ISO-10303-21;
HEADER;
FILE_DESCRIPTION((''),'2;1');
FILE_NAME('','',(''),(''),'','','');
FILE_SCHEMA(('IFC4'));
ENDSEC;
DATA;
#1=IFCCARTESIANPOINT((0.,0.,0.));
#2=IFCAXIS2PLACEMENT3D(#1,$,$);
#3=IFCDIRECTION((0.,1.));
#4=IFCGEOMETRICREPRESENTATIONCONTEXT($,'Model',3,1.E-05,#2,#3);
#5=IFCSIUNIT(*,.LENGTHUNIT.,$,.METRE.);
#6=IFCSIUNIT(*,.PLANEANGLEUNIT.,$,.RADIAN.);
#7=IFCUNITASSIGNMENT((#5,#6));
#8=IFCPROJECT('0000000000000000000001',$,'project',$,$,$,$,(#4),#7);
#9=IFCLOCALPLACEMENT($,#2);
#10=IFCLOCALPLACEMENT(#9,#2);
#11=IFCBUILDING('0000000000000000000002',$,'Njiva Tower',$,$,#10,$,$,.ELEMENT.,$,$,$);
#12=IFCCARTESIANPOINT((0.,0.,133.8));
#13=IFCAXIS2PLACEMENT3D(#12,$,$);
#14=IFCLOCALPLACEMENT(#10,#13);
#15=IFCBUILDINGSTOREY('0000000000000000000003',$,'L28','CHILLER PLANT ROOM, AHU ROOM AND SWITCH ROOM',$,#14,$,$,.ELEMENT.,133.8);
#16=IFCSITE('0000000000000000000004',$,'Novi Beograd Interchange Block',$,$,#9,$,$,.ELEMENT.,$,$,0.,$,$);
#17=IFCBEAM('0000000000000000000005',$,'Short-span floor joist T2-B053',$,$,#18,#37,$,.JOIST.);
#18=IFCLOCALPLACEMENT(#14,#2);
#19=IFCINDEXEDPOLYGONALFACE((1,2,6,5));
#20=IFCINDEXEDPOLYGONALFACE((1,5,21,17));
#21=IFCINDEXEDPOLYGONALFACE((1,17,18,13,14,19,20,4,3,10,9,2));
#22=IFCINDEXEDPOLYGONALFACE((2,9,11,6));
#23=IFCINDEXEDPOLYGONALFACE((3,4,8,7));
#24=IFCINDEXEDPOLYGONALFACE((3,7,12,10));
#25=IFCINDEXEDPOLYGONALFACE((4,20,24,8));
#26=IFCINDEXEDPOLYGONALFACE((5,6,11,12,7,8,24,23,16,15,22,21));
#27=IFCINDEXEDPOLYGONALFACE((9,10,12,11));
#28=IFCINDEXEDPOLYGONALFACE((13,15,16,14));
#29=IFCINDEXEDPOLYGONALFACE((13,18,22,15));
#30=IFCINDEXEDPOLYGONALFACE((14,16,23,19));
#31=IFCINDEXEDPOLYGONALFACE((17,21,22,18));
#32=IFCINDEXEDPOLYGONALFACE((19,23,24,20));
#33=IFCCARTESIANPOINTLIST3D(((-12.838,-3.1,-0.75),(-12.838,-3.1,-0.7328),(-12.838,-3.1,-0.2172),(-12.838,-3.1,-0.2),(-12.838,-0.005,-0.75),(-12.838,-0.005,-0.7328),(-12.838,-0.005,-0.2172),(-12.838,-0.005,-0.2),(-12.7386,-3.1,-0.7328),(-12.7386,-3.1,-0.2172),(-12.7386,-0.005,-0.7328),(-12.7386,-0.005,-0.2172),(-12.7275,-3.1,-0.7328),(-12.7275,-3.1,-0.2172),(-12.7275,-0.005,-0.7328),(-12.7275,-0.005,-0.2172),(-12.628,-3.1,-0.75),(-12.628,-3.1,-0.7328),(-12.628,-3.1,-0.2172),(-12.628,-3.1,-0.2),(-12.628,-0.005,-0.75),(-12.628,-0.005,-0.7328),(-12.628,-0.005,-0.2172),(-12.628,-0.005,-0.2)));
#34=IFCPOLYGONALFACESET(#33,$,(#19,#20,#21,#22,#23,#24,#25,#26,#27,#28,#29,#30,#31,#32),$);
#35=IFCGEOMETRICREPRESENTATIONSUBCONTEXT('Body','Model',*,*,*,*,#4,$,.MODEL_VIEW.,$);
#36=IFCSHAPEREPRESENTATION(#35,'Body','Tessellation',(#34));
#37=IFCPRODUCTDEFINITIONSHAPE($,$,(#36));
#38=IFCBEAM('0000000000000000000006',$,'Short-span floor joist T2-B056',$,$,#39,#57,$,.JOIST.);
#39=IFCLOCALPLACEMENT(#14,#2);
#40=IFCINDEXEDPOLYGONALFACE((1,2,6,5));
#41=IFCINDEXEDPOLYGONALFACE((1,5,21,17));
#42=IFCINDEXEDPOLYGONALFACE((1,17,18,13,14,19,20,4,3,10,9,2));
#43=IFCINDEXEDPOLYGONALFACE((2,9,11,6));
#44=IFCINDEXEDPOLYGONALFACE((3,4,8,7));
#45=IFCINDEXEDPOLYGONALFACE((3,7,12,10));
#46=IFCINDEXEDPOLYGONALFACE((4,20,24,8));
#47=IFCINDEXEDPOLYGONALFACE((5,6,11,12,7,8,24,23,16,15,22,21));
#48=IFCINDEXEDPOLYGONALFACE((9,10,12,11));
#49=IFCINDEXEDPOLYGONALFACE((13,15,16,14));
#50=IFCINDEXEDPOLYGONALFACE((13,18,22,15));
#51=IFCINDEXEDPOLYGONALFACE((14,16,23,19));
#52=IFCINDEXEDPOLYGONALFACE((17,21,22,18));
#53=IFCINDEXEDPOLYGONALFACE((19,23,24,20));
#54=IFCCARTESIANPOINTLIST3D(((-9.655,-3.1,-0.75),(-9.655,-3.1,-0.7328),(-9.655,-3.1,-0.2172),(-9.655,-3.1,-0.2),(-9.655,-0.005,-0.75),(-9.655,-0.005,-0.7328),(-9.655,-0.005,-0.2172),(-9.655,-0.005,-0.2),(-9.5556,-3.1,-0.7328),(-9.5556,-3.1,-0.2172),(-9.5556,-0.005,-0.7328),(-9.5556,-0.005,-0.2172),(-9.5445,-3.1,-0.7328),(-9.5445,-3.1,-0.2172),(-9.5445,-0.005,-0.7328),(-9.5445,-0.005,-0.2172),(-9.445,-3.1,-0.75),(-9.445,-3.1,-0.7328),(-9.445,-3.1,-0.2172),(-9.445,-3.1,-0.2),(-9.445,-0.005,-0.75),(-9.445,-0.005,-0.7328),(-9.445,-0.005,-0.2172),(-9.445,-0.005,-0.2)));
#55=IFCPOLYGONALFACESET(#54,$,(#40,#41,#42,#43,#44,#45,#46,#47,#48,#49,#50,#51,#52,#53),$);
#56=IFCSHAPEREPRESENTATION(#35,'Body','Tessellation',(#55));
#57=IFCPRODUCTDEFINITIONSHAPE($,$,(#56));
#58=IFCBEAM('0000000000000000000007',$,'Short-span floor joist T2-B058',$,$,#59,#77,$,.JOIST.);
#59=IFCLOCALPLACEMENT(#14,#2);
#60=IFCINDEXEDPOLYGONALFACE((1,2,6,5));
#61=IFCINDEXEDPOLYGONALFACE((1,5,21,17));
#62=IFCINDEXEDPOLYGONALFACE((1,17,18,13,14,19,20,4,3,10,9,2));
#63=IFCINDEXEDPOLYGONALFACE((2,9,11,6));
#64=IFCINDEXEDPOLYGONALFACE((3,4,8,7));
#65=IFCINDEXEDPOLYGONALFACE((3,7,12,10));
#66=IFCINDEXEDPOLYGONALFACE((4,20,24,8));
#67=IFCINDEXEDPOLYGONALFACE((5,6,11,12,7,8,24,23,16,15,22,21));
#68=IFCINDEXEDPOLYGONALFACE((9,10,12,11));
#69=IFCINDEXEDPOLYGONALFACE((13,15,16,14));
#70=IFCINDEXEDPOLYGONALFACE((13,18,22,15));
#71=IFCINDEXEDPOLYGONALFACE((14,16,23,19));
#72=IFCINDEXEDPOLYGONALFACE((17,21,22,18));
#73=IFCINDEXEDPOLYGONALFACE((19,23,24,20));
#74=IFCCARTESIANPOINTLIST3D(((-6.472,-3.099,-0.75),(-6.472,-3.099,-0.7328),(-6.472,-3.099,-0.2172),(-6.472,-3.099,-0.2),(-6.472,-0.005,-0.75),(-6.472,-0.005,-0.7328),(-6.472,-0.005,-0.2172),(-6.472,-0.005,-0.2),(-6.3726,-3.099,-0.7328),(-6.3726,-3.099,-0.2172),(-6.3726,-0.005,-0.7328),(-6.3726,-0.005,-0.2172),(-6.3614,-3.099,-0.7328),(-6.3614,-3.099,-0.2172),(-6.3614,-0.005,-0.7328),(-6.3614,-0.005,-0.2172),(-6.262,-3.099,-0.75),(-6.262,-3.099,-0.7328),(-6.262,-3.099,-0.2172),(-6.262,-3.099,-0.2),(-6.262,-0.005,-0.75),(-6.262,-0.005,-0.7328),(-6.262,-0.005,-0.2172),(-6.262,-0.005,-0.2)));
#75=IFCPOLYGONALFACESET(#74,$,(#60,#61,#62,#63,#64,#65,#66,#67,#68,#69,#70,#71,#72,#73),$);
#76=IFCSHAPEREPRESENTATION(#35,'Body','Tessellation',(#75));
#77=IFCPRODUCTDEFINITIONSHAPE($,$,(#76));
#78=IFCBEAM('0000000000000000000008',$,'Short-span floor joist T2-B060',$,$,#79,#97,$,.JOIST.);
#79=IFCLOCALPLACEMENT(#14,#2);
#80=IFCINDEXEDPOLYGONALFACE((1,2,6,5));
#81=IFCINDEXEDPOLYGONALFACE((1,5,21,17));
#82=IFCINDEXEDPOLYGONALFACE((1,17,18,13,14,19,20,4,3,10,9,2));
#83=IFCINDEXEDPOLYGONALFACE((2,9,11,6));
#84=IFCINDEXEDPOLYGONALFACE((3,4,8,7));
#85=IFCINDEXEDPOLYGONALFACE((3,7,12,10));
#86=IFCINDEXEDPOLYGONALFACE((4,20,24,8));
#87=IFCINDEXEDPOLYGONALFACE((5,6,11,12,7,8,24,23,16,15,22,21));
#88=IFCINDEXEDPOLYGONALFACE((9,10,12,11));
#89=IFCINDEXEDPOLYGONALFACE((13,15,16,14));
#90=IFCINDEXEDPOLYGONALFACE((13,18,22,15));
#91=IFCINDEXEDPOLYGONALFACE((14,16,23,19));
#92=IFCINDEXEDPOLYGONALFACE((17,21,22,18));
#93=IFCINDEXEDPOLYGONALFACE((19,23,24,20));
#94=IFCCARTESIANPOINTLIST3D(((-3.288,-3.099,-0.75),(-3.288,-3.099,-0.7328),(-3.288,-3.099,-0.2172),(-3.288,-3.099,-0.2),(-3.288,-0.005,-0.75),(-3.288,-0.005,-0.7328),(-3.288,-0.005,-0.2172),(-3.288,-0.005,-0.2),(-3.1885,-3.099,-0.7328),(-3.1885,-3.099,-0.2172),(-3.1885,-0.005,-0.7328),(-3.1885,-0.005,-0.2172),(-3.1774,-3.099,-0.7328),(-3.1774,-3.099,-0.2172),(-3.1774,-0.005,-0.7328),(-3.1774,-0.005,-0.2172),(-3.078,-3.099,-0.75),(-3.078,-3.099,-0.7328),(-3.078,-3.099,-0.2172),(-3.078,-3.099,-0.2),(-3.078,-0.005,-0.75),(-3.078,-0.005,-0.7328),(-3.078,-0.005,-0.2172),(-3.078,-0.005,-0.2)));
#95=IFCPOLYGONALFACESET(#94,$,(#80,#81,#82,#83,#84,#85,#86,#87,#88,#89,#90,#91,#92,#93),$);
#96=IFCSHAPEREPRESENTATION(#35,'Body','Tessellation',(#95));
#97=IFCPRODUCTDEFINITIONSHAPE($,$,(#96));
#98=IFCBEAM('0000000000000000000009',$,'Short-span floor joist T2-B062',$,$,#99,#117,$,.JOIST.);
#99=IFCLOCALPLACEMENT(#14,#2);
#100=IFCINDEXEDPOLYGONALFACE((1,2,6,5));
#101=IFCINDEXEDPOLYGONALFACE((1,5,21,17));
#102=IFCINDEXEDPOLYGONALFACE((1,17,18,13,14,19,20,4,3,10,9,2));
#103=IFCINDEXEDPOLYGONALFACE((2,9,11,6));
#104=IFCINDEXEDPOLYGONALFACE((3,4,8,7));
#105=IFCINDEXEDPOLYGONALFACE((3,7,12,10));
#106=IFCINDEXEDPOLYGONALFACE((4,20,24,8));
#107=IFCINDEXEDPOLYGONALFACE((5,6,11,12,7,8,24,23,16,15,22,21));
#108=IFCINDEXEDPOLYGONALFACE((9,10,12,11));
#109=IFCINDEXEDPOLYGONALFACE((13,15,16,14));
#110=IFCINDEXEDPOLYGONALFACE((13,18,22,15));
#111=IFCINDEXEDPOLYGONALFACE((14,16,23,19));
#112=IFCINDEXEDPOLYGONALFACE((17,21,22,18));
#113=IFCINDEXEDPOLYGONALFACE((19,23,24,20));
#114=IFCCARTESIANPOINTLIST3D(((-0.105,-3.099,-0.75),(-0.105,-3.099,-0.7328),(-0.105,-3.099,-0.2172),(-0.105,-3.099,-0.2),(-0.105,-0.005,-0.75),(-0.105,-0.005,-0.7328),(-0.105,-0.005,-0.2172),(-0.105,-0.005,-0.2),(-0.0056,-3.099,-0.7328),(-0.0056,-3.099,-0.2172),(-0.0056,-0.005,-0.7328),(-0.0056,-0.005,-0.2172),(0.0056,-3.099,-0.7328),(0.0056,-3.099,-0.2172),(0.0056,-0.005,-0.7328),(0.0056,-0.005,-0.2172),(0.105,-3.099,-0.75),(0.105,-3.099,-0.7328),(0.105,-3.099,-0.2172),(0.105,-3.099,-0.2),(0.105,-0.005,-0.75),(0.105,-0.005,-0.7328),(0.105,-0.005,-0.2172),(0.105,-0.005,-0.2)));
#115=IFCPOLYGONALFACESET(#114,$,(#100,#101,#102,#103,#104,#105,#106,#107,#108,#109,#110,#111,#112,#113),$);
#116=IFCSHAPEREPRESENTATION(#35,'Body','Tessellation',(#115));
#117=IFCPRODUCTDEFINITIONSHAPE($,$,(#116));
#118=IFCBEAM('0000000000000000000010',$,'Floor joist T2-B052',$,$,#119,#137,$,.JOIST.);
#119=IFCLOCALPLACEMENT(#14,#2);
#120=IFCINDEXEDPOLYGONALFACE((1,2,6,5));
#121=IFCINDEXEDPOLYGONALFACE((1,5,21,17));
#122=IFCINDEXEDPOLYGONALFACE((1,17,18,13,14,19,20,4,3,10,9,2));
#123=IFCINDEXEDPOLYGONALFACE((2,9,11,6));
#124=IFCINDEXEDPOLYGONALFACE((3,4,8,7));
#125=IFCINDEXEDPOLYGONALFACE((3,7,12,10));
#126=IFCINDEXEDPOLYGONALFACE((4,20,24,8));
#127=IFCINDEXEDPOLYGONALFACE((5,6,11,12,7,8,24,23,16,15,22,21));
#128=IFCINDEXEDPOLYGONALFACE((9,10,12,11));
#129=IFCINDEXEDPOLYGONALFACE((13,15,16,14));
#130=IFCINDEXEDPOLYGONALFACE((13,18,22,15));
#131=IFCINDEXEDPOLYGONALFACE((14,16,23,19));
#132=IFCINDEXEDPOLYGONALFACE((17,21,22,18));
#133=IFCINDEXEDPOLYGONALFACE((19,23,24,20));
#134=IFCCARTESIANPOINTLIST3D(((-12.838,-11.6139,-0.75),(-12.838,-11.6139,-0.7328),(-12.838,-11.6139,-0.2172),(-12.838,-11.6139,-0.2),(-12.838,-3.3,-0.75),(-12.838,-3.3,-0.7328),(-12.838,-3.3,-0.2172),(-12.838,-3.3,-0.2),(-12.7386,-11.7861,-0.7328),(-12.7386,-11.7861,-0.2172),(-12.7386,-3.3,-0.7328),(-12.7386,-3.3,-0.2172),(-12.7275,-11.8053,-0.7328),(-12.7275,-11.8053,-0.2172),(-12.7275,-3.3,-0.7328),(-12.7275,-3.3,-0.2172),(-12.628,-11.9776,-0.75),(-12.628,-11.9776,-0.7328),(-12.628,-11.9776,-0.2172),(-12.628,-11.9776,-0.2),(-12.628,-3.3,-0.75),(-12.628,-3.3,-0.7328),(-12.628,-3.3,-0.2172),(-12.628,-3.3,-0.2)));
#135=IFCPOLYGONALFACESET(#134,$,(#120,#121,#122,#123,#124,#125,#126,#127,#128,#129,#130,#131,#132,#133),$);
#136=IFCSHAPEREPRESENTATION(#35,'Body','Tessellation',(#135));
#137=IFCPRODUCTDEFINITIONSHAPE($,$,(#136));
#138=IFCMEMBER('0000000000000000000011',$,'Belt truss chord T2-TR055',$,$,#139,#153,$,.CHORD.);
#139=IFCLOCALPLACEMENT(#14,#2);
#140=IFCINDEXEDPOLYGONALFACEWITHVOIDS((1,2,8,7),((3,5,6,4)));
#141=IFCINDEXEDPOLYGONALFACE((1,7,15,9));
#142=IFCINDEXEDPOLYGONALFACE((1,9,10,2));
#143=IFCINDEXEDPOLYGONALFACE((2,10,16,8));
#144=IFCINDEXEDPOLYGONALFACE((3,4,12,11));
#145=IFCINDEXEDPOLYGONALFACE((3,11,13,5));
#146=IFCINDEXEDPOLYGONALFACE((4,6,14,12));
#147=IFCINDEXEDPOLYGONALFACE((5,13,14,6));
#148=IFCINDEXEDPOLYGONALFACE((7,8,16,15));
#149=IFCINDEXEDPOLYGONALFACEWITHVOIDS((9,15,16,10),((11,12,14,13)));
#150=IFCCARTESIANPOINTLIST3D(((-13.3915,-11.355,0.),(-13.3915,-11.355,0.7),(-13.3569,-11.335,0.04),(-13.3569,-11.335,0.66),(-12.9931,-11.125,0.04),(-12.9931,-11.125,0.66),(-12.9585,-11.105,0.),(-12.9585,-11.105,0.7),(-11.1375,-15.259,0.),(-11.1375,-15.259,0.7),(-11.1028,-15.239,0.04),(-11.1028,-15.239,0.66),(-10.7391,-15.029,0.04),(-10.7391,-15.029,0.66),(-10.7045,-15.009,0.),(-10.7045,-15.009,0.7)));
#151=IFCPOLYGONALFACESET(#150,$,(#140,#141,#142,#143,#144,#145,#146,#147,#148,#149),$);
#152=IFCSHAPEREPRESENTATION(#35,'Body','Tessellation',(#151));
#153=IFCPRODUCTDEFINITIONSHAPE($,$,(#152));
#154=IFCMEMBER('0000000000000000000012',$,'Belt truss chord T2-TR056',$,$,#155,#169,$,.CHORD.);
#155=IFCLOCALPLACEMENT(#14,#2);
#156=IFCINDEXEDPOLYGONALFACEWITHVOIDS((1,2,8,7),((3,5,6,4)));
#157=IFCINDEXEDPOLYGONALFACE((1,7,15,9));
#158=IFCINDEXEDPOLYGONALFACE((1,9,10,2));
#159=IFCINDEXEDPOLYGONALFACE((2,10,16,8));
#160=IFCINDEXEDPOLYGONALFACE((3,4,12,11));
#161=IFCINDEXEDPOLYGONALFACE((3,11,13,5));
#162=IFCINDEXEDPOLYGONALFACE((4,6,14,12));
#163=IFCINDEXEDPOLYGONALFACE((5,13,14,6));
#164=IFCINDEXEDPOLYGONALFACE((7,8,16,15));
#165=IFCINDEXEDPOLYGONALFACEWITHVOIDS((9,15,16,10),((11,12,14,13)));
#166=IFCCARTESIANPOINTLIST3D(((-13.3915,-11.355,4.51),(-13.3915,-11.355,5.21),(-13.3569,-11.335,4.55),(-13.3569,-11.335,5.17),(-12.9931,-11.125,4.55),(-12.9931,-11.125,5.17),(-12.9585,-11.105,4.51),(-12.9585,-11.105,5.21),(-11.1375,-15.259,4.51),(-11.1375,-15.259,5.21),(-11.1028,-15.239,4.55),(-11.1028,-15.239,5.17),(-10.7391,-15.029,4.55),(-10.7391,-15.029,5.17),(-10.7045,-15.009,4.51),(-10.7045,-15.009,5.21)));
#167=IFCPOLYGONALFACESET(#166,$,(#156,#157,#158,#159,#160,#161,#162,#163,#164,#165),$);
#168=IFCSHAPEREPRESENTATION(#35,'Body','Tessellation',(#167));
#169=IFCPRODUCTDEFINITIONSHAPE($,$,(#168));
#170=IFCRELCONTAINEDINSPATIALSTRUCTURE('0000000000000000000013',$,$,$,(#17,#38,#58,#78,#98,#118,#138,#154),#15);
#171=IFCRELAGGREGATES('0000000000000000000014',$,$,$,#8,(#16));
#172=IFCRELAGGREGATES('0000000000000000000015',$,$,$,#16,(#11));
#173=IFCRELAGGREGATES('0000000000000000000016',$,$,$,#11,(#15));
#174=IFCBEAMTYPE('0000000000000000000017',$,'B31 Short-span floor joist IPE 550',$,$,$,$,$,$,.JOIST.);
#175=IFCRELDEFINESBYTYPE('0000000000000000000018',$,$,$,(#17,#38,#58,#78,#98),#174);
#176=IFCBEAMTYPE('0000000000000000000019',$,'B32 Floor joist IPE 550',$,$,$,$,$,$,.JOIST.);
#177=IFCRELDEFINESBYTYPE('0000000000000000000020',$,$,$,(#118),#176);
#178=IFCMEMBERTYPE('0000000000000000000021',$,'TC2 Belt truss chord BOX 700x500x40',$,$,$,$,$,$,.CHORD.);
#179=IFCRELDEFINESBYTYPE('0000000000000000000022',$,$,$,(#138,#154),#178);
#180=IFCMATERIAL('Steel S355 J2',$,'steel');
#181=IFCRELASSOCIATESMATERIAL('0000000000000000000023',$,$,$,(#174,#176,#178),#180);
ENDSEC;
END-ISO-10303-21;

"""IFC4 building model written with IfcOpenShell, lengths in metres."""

from ifc_helpers import new_model, si_unit, direction, frame, origin, origin_2d, place, context, subcontext, project, spatial, hollow_rectangle, i_section, extrude, clip, halfspace, material, material_profile, profile_set, type_object, element, save


model = new_model("IFC4")

# Units and contexts
model_context = context("Model", 3, precision=1e-05, world=origin(), true_north=direction((0.0, 1.0)))
body_context = subcontext(model_context, "Body", "Model", "MODEL_VIEW")
ifc_project = project(units=[si_unit("LENGTHUNIT", "METRE"), si_unit("PLANEANGLEUNIT", "RADIAN")], contexts=[model_context])

# Site, building, storey
site_placement = place(None, origin())
site = spatial("IfcSite", under=ifc_project, at=site_placement, Name="Novi Beograd Interchange Block", CompositionType="ELEMENT", RefElevation=0.0)
building_placement = place(site_placement, origin())
building = spatial("IfcBuilding", under=site, at=building_placement, Name="Njiva Tower", CompositionType="ELEMENT")
storey_placement = place(building_placement, frame((0.0, 0.0, 133.8)))
storey = spatial("IfcBuildingStorey", under=building, at=storey_placement, Name="L28", Description="CHILLER PLANT ROOM, AHU ROOM AND SWITCH ROOM", CompositionType="ELEMENT", Elevation=133.8)

# Shared definitions
ifc_material_1 = material(Name="Steel S355 J2", Category="steel")

# Beams
ifc_material_profile_1 = material_profile(ifc_material_1, i_section(OverallWidth=0.21, OverallDepth=0.55, WebThickness=0.0111, FlangeThickness=0.0172, at=origin_2d()), Name="IPE 550")
ifc_profile_set_1 = profile_set([ifc_material_profile_1], Name="Steel S355 J2")
beam_type_1 = type_object("IfcBeamType", Name="B31 Short-span floor joist IPE 550", PredefinedType="JOIST", material=ifc_profile_set_1)
for number, where, z_axis, x_axis, name in (
    (1, (-12.733, -0.005, -0.475), (0.0, -1.0, 0.0), (1.0, 0.0, 0.0), "Short-span floor joist T2-B053"),
    (2, (-9.55, -0.005, -0.475), (0.0, -1.0, 0.0), (1.0, 0.0, 0.0), "Short-span floor joist T2-B056"),
):
    element("IfcBeam", number, at=place(storey_placement, frame(where, z_axis=z_axis, x_axis=x_axis)), inside=storey, type_object=beam_type_1, Name=name, PredefinedType="JOIST", context=body_context, shape_type="SweptSolid", body=[
        extrude(i_section(OverallWidth=0.21, OverallDepth=0.55, WebThickness=0.0111, FlangeThickness=0.0172, at=origin_2d()), origin(), (0.0, 0.0, 1.0), 3.095),
    ])
for number, where, z_axis, x_axis, name in (
    (3, (-6.367, -0.005, -0.475), (0.0, -1.0, 0.0), (1.0, 0.0, 0.0), "Short-span floor joist T2-B058"),
    (4, (-3.183, -0.005, -0.475), (0.0, -1.0, 0.0), (1.0, 0.0, 0.0), "Short-span floor joist T2-B060"),
    (5, (0.0, -0.005, -0.475), (0.0, -1.0, 0.0), (1.0, 0.0, 0.0), "Short-span floor joist T2-B062"),
):
    element("IfcBeam", number, at=place(storey_placement, frame(where, z_axis=z_axis, x_axis=x_axis)), inside=storey, type_object=beam_type_1, Name=name, PredefinedType="JOIST", context=body_context, shape_type="SweptSolid", body=[
        extrude(i_section(OverallWidth=0.21, OverallDepth=0.55, WebThickness=0.0111, FlangeThickness=0.0172, at=origin_2d()), origin(), (0.0, 0.0, 1.0), 3.094),
    ])
ifc_material_profile_2 = material_profile(ifc_material_1, i_section(OverallWidth=0.21, OverallDepth=0.55, WebThickness=0.0111, FlangeThickness=0.0172, at=origin_2d()), Name="IPE 550")
ifc_profile_set_2 = profile_set([ifc_material_profile_2], Name="Steel S355 J2")
beam_type_2 = type_object("IfcBeamType", Name="B32 Floor joist IPE 550", PredefinedType="JOIST", material=ifc_profile_set_2)
beam_1_placement = place(storey_placement, frame((-12.733, -3.3, -0.475), z_axis=(0.0, -1.0, 0.0), x_axis=(1.0, 0.0, 0.0)))
element("IfcBeam", 6, at=beam_1_placement, inside=storey, type_object=beam_type_2, Name="Floor joist T2-B052", PredefinedType="JOIST", context=body_context, shape_type="Clipping", body=[
    clip(extrude(i_section(OverallWidth=0.21, OverallDepth=0.55, WebThickness=0.0111, FlangeThickness=0.0172, at=origin_2d()), origin(), (0.0, 0.0, 1.0), 8.697), halfspace(frame((-0.0436, 0.0, 8.4202), z_axis=(-0.866027, 0.0, 0.499998), x_axis=(0.0, 1.0, 0.0)), False)),
])

# Members
ifc_material_profile_3 = material_profile(ifc_material_1, hollow_rectangle(XDim=0.5, YDim=0.7, WallThickness=0.04, at=origin_2d()), Name="BOX 700x500x40")
ifc_profile_set_3 = profile_set([ifc_material_profile_3], Name="Steel S355 J2")
member_type_1 = type_object("IfcMemberType", Name="TC2 Belt truss chord BOX 700x500x40", PredefinedType="CHORD", material=ifc_profile_set_3)
for number, where, z_axis, x_axis, name in (
    (7, (-13.175, -11.23, 0.35), (0.500004, -0.866023, 0.0), (0.866023, 0.500004, 0.0), "Belt truss chord T2-TR055"),
    (8, (-13.175, -11.23, 4.86), (0.500004, -0.866023, 0.0), (0.866023, 0.500004, 0.0), "Belt truss chord T2-TR056"),
):
    element("IfcMember", number, at=place(storey_placement, frame(where, z_axis=z_axis, x_axis=x_axis)), inside=storey, type_object=member_type_1, Name=name, PredefinedType="CHORD", context=body_context, shape_type="SweptSolid", body=[
        extrude(hollow_rectangle(XDim=0.5, YDim=0.7, WallThickness=0.04, at=origin_2d()), origin(), (0.0, 0.0, 1.0), 4.508),
    ])

save(model, "model.ifc")
